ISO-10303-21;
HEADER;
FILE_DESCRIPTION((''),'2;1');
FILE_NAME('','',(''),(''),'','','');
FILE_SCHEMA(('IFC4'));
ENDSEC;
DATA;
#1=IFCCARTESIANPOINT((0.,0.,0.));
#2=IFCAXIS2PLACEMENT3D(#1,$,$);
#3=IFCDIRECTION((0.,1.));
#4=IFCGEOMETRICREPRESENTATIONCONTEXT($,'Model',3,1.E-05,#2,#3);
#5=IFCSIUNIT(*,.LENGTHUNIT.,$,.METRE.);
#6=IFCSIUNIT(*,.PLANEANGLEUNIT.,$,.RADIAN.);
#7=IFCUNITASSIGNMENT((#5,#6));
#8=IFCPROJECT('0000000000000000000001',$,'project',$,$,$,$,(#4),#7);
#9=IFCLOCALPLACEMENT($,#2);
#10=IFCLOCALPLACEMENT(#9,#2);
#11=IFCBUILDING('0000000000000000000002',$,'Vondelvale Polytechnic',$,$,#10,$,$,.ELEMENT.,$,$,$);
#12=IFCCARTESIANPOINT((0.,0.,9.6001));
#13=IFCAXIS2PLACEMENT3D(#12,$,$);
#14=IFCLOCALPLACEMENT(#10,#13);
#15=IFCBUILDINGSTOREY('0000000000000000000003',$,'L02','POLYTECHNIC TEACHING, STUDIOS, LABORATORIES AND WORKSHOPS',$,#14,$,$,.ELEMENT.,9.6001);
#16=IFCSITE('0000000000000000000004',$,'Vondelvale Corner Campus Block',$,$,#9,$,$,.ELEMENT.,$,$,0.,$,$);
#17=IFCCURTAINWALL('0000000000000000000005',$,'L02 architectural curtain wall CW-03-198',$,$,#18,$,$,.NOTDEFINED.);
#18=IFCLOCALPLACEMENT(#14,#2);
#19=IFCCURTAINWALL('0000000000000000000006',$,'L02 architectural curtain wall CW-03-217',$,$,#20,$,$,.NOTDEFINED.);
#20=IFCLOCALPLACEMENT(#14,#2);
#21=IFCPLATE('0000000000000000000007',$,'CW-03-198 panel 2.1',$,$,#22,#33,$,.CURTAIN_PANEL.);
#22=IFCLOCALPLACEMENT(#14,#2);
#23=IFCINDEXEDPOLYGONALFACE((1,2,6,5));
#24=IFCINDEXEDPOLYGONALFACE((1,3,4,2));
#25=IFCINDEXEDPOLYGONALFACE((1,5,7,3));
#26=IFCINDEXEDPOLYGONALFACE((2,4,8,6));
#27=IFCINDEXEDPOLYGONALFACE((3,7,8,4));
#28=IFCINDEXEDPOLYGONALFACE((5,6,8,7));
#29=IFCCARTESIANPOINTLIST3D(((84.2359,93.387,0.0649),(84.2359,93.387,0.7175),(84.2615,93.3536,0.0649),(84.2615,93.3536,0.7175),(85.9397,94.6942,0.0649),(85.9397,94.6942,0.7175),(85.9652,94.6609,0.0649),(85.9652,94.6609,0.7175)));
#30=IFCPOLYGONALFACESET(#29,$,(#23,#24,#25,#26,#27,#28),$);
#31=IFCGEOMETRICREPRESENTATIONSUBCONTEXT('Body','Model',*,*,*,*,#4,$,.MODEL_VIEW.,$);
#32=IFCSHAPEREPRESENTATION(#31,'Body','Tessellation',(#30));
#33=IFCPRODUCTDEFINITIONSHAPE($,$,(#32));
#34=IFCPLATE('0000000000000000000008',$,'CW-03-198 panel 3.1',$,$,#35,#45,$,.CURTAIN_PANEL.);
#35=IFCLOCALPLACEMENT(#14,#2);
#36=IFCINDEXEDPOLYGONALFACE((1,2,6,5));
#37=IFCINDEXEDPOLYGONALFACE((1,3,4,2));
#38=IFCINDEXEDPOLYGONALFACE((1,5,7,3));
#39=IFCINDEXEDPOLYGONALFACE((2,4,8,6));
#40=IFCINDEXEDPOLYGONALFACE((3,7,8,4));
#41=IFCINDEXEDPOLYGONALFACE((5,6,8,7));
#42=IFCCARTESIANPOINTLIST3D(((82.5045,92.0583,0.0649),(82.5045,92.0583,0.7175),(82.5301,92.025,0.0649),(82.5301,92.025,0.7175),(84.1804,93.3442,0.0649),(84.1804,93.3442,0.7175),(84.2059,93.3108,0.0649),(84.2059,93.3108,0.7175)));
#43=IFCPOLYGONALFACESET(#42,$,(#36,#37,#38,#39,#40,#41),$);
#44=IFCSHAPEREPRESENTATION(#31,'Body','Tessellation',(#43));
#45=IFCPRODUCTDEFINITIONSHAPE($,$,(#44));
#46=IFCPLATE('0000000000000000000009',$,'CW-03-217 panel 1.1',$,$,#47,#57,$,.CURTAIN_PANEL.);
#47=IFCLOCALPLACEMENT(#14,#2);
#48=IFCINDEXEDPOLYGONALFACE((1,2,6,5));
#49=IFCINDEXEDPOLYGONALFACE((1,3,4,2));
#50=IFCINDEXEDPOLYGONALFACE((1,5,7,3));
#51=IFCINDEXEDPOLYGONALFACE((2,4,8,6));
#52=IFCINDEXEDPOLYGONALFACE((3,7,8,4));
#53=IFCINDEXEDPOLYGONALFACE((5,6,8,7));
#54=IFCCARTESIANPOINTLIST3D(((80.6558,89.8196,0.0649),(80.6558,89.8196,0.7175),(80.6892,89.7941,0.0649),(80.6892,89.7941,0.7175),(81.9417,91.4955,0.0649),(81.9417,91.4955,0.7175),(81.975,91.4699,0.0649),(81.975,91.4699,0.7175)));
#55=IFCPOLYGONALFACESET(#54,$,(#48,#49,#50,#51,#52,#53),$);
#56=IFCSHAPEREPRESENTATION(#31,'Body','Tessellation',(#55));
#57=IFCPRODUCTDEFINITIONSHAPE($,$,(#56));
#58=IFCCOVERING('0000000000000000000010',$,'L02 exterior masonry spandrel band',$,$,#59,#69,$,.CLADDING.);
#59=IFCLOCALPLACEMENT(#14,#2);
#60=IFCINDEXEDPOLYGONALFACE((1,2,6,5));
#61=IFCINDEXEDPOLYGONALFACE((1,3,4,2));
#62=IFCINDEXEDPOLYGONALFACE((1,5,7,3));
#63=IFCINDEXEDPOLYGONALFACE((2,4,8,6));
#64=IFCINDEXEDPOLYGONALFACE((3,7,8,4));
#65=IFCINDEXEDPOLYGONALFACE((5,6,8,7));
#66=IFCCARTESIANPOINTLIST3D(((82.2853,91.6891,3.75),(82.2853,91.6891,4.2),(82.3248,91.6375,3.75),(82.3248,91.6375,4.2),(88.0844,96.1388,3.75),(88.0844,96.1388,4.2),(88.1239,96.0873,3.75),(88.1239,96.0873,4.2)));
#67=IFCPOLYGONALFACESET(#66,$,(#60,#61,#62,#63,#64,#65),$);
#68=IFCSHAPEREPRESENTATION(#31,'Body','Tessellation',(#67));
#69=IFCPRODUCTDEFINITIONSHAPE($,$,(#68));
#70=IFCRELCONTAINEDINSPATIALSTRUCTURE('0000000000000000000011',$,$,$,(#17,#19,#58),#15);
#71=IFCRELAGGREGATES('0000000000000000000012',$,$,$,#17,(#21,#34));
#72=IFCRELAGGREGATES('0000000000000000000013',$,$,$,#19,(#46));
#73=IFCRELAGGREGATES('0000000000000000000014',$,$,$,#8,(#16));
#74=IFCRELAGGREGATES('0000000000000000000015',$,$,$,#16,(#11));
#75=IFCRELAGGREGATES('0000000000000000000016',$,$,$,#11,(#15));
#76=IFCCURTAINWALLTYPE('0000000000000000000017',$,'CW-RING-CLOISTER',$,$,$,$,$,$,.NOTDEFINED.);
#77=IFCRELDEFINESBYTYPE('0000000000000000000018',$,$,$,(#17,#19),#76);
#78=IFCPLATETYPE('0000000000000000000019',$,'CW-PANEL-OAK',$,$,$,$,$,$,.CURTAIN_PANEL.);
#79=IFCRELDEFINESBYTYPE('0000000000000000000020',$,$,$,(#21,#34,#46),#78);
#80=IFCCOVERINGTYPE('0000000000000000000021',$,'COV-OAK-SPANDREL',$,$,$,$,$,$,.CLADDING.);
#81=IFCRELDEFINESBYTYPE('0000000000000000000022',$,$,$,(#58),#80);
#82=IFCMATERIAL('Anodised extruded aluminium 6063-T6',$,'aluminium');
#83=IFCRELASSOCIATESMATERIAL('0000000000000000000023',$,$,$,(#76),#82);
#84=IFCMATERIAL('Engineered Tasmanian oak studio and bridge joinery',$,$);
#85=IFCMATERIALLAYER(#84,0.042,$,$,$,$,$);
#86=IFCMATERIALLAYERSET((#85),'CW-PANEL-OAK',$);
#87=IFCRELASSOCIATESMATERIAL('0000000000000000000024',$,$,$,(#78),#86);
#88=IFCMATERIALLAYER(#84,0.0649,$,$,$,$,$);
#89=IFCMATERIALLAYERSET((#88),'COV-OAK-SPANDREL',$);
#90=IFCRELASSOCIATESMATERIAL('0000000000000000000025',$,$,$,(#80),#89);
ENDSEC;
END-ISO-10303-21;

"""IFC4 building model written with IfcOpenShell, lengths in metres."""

from ifc_helpers import new_model, si_unit, direction, frame, origin, origin_2d, place, context, subcontext, project, spatial, rectangle, extrude, material, layer, layer_set, type_object, element, aggregate, save


model = new_model("IFC4")

# Units and contexts
model_context = context("Model", 3, precision=1e-05, world=origin(), true_north=direction((0.0, 1.0)))
body_context = subcontext(model_context, "Body", "Model", "MODEL_VIEW")
ifc_project = project(units=[si_unit("LENGTHUNIT", "METRE"), si_unit("PLANEANGLEUNIT", "RADIAN")], contexts=[model_context])

# Site, building, storey
site_placement = place(None, origin())
site = spatial("IfcSite", under=ifc_project, at=site_placement, Name="Vondelvale Corner Campus Block", CompositionType="ELEMENT", RefElevation=0.0)
building_placement = place(site_placement, origin())
building = spatial("IfcBuilding", under=site, at=building_placement, Name="Vondelvale Polytechnic", CompositionType="ELEMENT")
storey_placement = place(building_placement, frame((0.0, 0.0, 9.6001)))
storey = spatial("IfcBuildingStorey", under=building, at=storey_placement, Name="L02", Description="POLYTECHNIC TEACHING, STUDIOS, LABORATORIES AND WORKSHOPS", CompositionType="ELEMENT", Elevation=9.6001)

# Curtain walls
ifc_material_1 = material(Name="Anodised extruded aluminium 6063-T6", Category="aluminium")
curtain_wall_type = type_object("IfcCurtainWallType", Name="CW-RING-CLOISTER", PredefinedType="NOTDEFINED", material=ifc_material_1)
curtain_wall_1_placement = place(storey_placement, origin())
curtain_wall_1 = element("IfcCurtainWall", 1, at=curtain_wall_1_placement, inside=storey, type_object=curtain_wall_type, Name="L02 architectural curtain wall CW-03-198", PredefinedType="NOTDEFINED")
curtain_wall_2_placement = place(storey_placement, origin())
curtain_wall_2 = element("IfcCurtainWall", 2, at=curtain_wall_2_placement, inside=storey, type_object=curtain_wall_type, Name="L02 architectural curtain wall CW-03-217", PredefinedType="NOTDEFINED")

# Plates
ifc_material_2 = material(Name="Engineered Tasmanian oak studio and bridge joinery")
ifc_layer_1 = layer(ifc_material_2, 0.042)
ifc_layer_set_1 = layer_set([ifc_layer_1], Name="CW-PANEL-OAK")
plate_type_1 = type_object("IfcPlateType", Name="CW-PANEL-OAK", PredefinedType="CURTAIN_PANEL", material=ifc_layer_set_1)
plate_1_placement = place(storey_placement, frame((85.1006, 94.0239, 0.0649), z_axis=(0.0, 0.0, 1.0), x_axis=(-0.793364, -0.608748, 0.0)))
plate_1 = element("IfcPlate", 3, at=plate_1_placement, type_object=plate_type_1, Name="CW-03-198 panel 2.1", PredefinedType="CURTAIN_PANEL", context=body_context, shape_type="SweptSolid", body=[
    extrude(rectangle(XDim=2.1475, YDim=0.042, at=origin_2d()), origin(), (0.0, 0.0, 1.0), 0.6526),
])
plate_2_placement = place(storey_placement, frame((83.3552, 92.6846, 0.0649), z_axis=(0.0, 0.0, 1.0), x_axis=(-0.793364, -0.608748, 0.0)))
plate_2 = element("IfcPlate", 4, at=plate_2_placement, type_object=plate_type_1, Name="CW-03-198 panel 3.1", PredefinedType="CURTAIN_PANEL", context=body_context, shape_type="SweptSolid", body=[
    extrude(rectangle(XDim=2.1123, YDim=0.042, at=origin_2d()), origin(), (0.0, 0.0, 1.0), 0.6526),
])
aggregate(curtain_wall_1, [plate_1, plate_2])
plate_3_placement = place(storey_placement, frame((81.3154, 90.6448, 0.0649), z_axis=(0.0, 0.0, 1.0), x_axis=(-0.608748, -0.793364, 0.0)))
plate_3 = element("IfcPlate", 5, at=plate_3_placement, type_object=plate_type_1, Name="CW-03-217 panel 1.1", PredefinedType="CURTAIN_PANEL", context=body_context, shape_type="SweptSolid", body=[
    extrude(rectangle(XDim=2.1123, YDim=0.042, at=origin_2d()), origin(), (0.0, 0.0, 1.0), 0.6526),
])
aggregate(curtain_wall_2, [plate_3])

# Covering
ifc_layer_2 = layer(ifc_material_2, 0.0649)
ifc_layer_set_2 = layer_set([ifc_layer_2], Name="COV-OAK-SPANDREL")
covering_type = type_object("IfcCoveringType", Name="COV-OAK-SPANDREL", PredefinedType="CLADDING", material=ifc_layer_set_2)
covering_placement = place(storey_placement, frame((85.2046, 93.8882, 3.75), z_axis=(0.0, 0.0, 1.0), x_axis=(-0.793353, -0.608761, 0.0)))
element("IfcCovering", 6, at=covering_placement, inside=storey, type_object=covering_type, Name="L02 exterior masonry spandrel band", PredefinedType="CLADDING", context=body_context, shape_type="SweptSolid", body=[
    extrude(rectangle(XDim=7.3096, YDim=0.0649, at=origin_2d()), origin(), (0.0, 0.0, 1.0), 0.45),
])

save(model, "model.ifc")
